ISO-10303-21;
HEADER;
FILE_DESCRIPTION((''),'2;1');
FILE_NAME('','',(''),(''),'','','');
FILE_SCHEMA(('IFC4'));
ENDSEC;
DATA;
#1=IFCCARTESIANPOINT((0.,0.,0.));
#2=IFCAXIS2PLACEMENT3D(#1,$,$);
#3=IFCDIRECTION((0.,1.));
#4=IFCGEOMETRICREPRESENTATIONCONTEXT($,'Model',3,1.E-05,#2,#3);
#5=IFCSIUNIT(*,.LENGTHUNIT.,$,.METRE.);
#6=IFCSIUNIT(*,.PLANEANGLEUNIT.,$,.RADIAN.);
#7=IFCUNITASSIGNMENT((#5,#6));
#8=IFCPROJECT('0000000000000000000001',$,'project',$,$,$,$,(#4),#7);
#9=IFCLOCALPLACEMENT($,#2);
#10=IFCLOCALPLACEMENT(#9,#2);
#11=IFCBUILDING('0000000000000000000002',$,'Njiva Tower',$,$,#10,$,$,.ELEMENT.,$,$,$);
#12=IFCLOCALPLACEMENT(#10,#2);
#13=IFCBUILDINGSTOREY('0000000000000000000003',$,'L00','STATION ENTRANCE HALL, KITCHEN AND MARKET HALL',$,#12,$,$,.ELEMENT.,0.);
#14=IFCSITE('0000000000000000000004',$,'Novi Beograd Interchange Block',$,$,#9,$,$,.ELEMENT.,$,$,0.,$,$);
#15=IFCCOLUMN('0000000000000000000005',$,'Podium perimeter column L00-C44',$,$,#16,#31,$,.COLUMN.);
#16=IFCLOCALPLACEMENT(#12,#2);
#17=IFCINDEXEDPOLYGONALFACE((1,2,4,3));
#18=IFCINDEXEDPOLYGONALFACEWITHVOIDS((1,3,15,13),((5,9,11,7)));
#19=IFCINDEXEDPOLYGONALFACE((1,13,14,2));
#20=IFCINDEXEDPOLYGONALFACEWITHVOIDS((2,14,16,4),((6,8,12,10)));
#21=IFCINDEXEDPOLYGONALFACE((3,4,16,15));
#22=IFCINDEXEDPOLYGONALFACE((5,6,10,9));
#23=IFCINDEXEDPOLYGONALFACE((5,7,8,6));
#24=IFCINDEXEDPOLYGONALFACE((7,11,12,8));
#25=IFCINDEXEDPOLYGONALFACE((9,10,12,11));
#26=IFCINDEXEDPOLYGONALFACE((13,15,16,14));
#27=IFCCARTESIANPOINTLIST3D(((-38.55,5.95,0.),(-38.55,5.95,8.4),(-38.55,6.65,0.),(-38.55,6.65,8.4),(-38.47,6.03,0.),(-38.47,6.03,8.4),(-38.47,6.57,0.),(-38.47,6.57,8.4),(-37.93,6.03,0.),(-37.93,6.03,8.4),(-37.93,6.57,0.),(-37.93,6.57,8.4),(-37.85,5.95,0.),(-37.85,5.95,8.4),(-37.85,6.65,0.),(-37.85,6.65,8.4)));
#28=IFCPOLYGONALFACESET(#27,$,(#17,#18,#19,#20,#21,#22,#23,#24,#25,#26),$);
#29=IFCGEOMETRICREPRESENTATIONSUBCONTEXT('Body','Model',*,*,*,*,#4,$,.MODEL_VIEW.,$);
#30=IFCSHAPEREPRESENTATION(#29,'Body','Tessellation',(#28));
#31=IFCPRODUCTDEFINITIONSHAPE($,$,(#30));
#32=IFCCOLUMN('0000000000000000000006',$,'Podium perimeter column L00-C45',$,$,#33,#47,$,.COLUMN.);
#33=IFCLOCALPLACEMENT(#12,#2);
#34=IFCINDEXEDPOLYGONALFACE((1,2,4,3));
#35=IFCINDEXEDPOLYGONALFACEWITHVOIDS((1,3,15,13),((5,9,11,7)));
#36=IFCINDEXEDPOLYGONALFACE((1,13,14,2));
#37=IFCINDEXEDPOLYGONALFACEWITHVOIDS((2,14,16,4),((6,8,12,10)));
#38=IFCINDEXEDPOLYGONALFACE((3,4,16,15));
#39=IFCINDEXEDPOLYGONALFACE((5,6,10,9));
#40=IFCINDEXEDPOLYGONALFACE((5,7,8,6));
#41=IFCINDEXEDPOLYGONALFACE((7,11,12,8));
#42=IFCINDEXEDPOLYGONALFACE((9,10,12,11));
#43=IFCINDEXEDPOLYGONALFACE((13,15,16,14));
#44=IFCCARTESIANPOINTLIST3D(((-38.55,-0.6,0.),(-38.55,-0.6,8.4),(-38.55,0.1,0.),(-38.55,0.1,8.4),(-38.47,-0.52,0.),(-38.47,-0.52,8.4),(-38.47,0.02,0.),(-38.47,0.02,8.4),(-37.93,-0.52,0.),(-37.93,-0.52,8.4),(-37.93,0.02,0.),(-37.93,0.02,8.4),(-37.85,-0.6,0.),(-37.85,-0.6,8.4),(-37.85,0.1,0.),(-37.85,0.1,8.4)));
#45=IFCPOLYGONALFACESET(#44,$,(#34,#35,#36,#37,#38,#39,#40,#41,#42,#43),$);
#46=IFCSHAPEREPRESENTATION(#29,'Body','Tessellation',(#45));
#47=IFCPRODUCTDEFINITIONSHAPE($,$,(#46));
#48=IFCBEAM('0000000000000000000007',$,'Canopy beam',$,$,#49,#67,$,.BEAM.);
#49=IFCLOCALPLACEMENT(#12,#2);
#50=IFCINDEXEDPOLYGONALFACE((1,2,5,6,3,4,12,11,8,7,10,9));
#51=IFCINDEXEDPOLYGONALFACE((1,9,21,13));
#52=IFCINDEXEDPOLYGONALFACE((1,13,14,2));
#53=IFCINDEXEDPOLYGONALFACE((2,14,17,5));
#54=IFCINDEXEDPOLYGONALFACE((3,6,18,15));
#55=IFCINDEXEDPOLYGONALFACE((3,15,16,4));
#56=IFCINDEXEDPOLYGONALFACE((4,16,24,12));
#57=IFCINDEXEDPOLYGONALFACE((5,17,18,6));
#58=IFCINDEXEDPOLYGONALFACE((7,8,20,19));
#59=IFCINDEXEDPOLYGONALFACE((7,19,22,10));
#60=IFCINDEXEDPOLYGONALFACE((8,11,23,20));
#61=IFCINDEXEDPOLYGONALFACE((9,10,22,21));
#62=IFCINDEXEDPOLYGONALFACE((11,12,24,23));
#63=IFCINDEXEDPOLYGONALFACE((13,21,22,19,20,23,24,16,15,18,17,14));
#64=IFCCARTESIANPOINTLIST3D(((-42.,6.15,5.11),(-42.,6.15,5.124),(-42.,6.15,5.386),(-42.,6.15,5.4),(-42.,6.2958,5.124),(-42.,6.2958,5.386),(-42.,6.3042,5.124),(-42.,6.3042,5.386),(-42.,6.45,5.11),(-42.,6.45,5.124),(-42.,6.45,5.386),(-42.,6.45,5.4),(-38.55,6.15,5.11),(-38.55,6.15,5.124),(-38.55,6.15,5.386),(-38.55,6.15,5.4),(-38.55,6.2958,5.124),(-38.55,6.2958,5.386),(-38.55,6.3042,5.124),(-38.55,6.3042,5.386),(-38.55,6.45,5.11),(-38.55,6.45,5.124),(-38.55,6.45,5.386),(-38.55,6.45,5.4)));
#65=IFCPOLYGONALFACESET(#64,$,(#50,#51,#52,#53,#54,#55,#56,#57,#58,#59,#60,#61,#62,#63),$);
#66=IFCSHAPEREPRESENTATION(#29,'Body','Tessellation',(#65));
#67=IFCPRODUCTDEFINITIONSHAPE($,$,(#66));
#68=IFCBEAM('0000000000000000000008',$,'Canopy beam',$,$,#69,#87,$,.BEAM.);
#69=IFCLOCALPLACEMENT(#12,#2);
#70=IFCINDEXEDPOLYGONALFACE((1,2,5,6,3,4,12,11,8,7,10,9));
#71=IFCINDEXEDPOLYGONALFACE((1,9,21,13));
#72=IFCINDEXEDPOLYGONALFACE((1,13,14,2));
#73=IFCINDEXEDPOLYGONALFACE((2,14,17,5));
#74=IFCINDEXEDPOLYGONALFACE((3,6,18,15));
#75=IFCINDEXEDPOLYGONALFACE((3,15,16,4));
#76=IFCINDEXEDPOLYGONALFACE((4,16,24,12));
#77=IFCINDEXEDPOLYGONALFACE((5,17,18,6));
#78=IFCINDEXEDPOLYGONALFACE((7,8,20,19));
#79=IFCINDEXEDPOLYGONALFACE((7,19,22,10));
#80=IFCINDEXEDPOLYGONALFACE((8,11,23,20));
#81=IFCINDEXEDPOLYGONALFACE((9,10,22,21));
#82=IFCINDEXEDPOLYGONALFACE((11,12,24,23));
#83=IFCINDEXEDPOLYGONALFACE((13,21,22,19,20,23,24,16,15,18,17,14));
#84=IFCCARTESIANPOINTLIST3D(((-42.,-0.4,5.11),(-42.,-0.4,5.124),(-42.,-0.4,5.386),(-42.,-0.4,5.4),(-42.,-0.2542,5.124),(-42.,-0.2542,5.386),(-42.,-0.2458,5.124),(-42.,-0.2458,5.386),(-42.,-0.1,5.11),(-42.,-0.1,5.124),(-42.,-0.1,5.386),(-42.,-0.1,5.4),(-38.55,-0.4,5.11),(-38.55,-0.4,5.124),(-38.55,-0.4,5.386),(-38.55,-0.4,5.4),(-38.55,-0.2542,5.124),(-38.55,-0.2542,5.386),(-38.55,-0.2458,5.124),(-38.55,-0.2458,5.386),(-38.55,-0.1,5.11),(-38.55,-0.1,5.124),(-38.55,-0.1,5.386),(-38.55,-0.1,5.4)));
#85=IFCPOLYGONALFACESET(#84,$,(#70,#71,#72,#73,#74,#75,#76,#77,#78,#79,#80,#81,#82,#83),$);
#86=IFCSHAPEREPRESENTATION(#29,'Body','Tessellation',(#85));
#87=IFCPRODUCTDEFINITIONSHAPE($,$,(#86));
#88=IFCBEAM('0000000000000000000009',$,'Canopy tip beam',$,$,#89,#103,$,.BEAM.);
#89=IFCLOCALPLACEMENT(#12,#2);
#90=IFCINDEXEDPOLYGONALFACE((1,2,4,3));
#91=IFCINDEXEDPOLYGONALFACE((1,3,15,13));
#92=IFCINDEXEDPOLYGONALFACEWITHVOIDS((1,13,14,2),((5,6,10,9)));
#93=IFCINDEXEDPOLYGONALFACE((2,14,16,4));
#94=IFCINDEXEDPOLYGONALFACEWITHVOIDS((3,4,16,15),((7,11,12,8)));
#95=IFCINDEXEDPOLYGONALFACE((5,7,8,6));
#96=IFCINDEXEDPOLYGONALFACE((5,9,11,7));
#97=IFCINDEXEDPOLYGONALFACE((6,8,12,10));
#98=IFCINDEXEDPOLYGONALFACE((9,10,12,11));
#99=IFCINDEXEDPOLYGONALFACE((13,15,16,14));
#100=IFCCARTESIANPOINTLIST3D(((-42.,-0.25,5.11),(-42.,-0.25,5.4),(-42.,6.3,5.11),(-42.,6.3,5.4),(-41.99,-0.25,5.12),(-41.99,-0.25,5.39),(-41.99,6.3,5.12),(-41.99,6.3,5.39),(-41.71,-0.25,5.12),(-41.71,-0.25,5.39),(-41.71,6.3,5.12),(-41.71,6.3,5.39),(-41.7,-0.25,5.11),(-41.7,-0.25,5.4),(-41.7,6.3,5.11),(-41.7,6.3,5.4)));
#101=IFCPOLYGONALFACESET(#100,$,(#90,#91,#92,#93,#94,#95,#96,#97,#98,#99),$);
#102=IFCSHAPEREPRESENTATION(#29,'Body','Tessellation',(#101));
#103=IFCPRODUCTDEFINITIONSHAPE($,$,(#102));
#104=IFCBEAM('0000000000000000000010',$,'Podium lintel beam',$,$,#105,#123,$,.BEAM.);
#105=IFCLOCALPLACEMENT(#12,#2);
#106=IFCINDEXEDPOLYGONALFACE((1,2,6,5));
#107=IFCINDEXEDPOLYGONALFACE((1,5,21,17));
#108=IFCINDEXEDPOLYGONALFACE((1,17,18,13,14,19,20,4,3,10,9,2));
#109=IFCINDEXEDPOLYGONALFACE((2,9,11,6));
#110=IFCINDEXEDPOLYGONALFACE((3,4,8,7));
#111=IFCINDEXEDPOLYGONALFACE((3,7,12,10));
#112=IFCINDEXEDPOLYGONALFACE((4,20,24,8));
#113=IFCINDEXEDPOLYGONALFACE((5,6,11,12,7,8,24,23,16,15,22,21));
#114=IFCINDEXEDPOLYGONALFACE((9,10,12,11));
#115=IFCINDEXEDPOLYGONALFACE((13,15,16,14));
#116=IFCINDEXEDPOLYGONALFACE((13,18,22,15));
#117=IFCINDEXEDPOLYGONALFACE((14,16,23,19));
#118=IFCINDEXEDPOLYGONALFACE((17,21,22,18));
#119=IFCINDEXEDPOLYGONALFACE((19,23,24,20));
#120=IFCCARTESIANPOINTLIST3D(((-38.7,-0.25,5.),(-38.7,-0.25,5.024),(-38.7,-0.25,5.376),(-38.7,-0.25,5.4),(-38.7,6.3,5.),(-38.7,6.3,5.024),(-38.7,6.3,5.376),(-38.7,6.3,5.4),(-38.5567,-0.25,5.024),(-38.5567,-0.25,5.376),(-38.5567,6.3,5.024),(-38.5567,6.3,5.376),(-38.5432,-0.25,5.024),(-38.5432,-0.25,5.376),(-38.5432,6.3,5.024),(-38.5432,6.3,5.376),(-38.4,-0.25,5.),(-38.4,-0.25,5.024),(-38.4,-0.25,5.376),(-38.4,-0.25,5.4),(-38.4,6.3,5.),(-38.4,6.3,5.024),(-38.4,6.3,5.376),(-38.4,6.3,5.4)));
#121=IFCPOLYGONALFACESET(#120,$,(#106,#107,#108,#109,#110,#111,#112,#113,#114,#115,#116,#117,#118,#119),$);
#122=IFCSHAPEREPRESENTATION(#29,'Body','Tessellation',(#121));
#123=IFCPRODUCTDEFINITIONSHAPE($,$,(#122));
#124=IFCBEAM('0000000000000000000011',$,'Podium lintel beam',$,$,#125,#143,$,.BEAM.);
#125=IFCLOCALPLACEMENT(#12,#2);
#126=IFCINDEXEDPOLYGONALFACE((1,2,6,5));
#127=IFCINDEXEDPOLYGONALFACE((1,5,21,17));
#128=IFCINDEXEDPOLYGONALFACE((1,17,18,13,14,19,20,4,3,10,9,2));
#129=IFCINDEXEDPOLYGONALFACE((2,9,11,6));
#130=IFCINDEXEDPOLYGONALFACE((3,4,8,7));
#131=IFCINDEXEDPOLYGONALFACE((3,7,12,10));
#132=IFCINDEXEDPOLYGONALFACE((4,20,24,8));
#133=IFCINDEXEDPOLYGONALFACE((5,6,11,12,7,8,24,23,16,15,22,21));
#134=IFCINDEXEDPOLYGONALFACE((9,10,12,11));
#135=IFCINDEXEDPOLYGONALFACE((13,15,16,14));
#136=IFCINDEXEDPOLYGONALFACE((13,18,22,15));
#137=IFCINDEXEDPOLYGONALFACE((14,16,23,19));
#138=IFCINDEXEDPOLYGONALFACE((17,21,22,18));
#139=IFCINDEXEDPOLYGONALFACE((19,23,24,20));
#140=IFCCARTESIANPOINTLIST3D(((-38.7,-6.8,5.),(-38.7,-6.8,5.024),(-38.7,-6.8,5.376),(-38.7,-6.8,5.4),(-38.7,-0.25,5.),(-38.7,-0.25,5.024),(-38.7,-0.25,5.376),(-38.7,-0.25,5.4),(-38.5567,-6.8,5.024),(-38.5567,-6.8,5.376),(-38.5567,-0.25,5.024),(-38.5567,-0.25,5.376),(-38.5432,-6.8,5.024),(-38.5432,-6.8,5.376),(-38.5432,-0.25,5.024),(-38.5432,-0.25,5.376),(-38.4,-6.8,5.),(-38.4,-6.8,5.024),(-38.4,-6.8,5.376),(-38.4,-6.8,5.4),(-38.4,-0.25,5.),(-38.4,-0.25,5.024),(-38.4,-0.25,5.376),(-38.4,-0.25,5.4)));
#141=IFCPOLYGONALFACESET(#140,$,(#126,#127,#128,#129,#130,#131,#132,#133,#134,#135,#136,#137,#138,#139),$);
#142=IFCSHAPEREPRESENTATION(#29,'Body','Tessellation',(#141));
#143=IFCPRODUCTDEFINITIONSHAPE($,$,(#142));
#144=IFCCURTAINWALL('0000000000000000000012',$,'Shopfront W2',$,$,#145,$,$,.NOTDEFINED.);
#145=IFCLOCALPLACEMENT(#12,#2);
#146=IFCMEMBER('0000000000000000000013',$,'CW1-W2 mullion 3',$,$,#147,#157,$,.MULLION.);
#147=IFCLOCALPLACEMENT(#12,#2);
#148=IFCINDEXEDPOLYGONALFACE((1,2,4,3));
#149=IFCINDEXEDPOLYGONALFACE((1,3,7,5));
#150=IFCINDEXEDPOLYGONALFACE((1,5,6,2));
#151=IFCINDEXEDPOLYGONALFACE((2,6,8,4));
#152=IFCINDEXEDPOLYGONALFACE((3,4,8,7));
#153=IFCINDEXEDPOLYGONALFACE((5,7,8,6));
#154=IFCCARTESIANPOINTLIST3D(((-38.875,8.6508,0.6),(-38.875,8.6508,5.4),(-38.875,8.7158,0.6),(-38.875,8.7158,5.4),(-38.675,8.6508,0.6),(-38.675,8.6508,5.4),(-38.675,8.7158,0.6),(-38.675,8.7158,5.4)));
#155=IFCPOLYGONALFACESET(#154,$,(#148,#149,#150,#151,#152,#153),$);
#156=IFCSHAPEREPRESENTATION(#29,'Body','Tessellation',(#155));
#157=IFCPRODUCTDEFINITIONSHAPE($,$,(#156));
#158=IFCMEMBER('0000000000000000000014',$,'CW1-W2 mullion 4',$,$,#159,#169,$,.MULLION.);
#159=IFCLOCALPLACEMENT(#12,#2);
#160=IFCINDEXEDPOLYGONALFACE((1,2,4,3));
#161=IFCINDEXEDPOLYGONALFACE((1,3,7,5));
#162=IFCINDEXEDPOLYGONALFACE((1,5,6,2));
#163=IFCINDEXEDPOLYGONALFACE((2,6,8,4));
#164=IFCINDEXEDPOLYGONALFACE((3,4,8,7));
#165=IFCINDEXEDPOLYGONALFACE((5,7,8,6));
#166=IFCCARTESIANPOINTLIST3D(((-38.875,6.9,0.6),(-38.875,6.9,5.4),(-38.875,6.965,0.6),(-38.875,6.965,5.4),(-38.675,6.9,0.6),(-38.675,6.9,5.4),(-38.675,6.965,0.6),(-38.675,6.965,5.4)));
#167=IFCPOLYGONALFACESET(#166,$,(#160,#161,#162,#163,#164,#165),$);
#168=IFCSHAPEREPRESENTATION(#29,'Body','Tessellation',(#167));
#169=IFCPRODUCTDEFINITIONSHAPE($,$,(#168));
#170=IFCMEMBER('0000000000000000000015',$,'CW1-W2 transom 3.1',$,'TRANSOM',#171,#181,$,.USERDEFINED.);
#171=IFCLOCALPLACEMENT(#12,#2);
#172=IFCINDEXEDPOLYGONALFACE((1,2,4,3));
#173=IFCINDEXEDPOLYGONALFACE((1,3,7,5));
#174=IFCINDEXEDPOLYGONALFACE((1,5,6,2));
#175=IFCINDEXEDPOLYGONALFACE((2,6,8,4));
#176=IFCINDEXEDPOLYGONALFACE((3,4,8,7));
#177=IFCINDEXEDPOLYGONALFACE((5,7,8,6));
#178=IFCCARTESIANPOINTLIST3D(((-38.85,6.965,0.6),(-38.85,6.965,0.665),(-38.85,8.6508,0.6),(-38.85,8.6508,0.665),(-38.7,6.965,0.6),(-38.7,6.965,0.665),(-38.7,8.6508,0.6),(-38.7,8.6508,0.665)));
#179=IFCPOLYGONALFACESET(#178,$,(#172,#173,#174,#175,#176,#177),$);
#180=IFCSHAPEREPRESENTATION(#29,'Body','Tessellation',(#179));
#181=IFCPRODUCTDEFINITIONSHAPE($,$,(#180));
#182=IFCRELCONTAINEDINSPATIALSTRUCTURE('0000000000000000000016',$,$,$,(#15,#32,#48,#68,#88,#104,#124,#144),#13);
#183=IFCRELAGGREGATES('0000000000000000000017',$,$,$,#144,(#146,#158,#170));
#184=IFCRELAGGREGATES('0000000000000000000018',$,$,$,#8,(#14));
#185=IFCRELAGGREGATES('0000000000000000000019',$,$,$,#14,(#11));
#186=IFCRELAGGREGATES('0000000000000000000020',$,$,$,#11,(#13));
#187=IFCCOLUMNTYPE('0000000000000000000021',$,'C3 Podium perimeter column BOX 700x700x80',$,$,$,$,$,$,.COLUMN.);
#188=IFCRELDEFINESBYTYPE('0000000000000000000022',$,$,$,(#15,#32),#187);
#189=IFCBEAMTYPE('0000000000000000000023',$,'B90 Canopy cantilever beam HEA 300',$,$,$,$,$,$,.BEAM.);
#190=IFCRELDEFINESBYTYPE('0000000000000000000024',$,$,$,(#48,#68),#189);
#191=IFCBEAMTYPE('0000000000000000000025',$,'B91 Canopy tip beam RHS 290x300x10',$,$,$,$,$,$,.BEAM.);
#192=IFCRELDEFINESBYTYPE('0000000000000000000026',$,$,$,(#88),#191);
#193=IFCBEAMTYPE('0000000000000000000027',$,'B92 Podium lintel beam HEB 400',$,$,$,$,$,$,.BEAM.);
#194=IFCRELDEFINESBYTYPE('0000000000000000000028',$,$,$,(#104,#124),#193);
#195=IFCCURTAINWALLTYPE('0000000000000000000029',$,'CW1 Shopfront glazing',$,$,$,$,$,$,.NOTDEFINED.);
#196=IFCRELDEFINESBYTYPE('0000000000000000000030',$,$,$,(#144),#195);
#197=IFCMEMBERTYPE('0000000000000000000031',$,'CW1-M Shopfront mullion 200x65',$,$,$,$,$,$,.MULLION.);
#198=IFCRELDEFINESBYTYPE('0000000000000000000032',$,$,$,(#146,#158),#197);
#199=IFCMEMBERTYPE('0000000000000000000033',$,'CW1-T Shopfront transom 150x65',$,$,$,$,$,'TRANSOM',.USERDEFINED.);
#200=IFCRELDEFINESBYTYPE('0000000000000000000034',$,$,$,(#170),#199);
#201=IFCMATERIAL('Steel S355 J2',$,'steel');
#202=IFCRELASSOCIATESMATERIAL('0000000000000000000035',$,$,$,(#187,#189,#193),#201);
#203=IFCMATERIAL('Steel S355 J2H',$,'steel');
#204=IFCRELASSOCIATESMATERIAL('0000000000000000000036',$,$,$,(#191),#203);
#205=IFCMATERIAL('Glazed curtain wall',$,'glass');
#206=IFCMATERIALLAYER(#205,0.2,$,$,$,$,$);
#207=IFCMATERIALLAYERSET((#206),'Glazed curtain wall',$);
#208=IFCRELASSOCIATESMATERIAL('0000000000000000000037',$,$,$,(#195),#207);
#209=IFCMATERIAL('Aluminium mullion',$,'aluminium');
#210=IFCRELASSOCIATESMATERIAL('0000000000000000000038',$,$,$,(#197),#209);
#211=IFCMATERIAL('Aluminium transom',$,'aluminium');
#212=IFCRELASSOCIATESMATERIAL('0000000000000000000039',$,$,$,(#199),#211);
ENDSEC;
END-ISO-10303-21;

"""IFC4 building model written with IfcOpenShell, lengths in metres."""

from ifc_helpers import new_model, si_unit, direction, frame, origin, origin_2d, place, context, subcontext, project, spatial, rectangle, hollow_rectangle, i_section, extrude, material, layer, layer_set, material_profile, profile_set, type_object, element, aggregate, save


model = new_model("IFC4")

# Units and contexts
model_context = context("Model", 3, precision=1e-05, world=origin(), true_north=direction((0.0, 1.0)))
body_context = subcontext(model_context, "Body", "Model", "MODEL_VIEW")
ifc_project = project(units=[si_unit("LENGTHUNIT", "METRE"), si_unit("PLANEANGLEUNIT", "RADIAN")], contexts=[model_context])

# Site, building, storey
site_placement = place(None, origin())
site = spatial("IfcSite", under=ifc_project, at=site_placement, Name="Novi Beograd Interchange Block", CompositionType="ELEMENT", RefElevation=0.0)
building_placement = place(site_placement, origin())
building = spatial("IfcBuilding", under=site, at=building_placement, Name="Njiva Tower", CompositionType="ELEMENT")
storey_placement = place(building_placement, origin())
storey = spatial("IfcBuildingStorey", under=building, at=storey_placement, Name="L00", Description="STATION ENTRANCE HALL, KITCHEN AND MARKET HALL", CompositionType="ELEMENT", Elevation=0.0)

# Columns
ifc_material_1 = material(Name="Steel S355 J2", Category="steel")
ifc_material_profile_1 = material_profile(ifc_material_1, hollow_rectangle(XDim=0.7, YDim=0.7, WallThickness=0.08, at=origin_2d()), Name="BOX 700x700x80")
ifc_profile_set_1 = profile_set([ifc_material_profile_1], Name="Steel S355 J2")
column_type = type_object("IfcColumnType", Name="C3 Podium perimeter column BOX 700x700x80", PredefinedType="COLUMN", material=ifc_profile_set_1)
for number, where, z_axis, x_axis, name in (
    (1, (-38.2, 6.3, 0.0), (0.0, 0.0, 1.0), (0.0, -1.0, 0.0), "Podium perimeter column L00-C44"),
    (2, (-38.2, -0.25, 0.0), (0.0, 0.0, 1.0), (0.0, -1.0, 0.0), "Podium perimeter column L00-C45"),
):
    element("IfcColumn", number, at=place(storey_placement, frame(where, z_axis=z_axis, x_axis=x_axis)), inside=storey, type_object=column_type, Name=name, PredefinedType="COLUMN", context=body_context, shape_type="SweptSolid", body=[
        extrude(hollow_rectangle(XDim=0.7, YDim=0.7, WallThickness=0.08, at=origin_2d()), origin(), (0.0, 0.0, 1.0), 8.4),
    ])

# Beams
ifc_material_profile_2 = material_profile(ifc_material_1, i_section(OverallWidth=0.3, OverallDepth=0.29, WebThickness=0.0085, FlangeThickness=0.014, at=origin_2d()), Name="HEA300")
ifc_profile_set_2 = profile_set([ifc_material_profile_2], Name="Steel S355 J2")
beam_type_1 = type_object("IfcBeamType", Name="B90 Canopy cantilever beam HEA 300", PredefinedType="BEAM", material=ifc_profile_set_2)
for number, where, z_axis, x_axis, name in (
    (3, (-38.55, 6.3, 5.255), (-1.0, 0.0, 0.0), (0.0, -1.0, 0.0), "Canopy beam"),
    (4, (-38.55, -0.25, 5.255), (-1.0, 0.0, 0.0), (0.0, -1.0, 0.0), "Canopy beam"),
):
    element("IfcBeam", number, at=place(storey_placement, frame(where, z_axis=z_axis, x_axis=x_axis)), inside=storey, type_object=beam_type_1, Name=name, PredefinedType="BEAM", context=body_context, shape_type="SweptSolid", body=[
        extrude(i_section(OverallWidth=0.3, OverallDepth=0.29, WebThickness=0.0085, FlangeThickness=0.014, at=origin_2d()), origin(), (0.0, 0.0, 1.0), 3.45),
    ])
ifc_material_2 = material(Name="Steel S355 J2H", Category="steel")
ifc_material_profile_3 = material_profile(ifc_material_2, hollow_rectangle(XDim=0.3, YDim=0.29, WallThickness=0.01, at=origin_2d()), Name="BOX 290x300x10")
ifc_profile_set_3 = profile_set([ifc_material_profile_3], Name="Steel S355 J2H")
beam_type_2 = type_object("IfcBeamType", Name="B91 Canopy tip beam RHS 290x300x10", PredefinedType="BEAM", material=ifc_profile_set_3)
beam_placement = place(storey_placement, frame((-41.85, 6.3, 5.255), z_axis=(0.0, -1.0, 0.0), x_axis=(1.0, 0.0, 0.0)))
element("IfcBeam", 5, at=beam_placement, inside=storey, type_object=beam_type_2, Name="Canopy tip beam", PredefinedType="BEAM", context=body_context, shape_type="SweptSolid", body=[
    extrude(hollow_rectangle(XDim=0.3, YDim=0.29, WallThickness=0.01, at=origin_2d()), origin(), (0.0, 0.0, 1.0), 6.55),
])
ifc_material_profile_4 = material_profile(ifc_material_1, i_section(OverallWidth=0.3, OverallDepth=0.4, WebThickness=0.0135, FlangeThickness=0.024, at=origin_2d()), Name="HEB400")
ifc_profile_set_4 = profile_set([ifc_material_profile_4], Name="Steel S355 J2")
beam_type_3 = type_object("IfcBeamType", Name="B92 Podium lintel beam HEB 400", PredefinedType="BEAM", material=ifc_profile_set_4)
for number, where, z_axis, x_axis, name in (
    (6, (-38.55, 6.3, 5.2), (0.0, -1.0, 0.0), (1.0, 0.0, 0.0), "Podium lintel beam"),
    (7, (-38.55, -0.25, 5.2), (0.0, -1.0, 0.0), (1.0, 0.0, 0.0), "Podium lintel beam"),
):
    element("IfcBeam", number, at=place(storey_placement, frame(where, z_axis=z_axis, x_axis=x_axis)), inside=storey, type_object=beam_type_3, Name=name, PredefinedType="BEAM", context=body_context, shape_type="SweptSolid", body=[
        extrude(i_section(OverallWidth=0.3, OverallDepth=0.4, WebThickness=0.0135, FlangeThickness=0.024, at=origin_2d()), origin(), (0.0, 0.0, 1.0), 6.55),
    ])

# Curtain wall, members
ifc_material_3 = material(Name="Glazed curtain wall", Category="glass")
ifc_layer_1 = layer(ifc_material_3, 0.2)
ifc_layer_set_1 = layer_set([ifc_layer_1], Name="Glazed curtain wall")
curtain_wall_type = type_object("IfcCurtainWallType", Name="CW1 Shopfront glazing", PredefinedType="NOTDEFINED", material=ifc_layer_set_1)
curtain_wall_placement = place(storey_placement, origin())
curtain_wall = element("IfcCurtainWall", 8, at=curtain_wall_placement, inside=storey, type_object=curtain_wall_type, Name="Shopfront W2", PredefinedType="NOTDEFINED")
ifc_material_4 = material(Name="Aluminium mullion", Category="aluminium")
ifc_material_profile_5 = material_profile(ifc_material_4, rectangle(XDim=0.2, YDim=0.065, at=origin_2d()), Name="RECT 200x65")
ifc_profile_set_5 = profile_set([ifc_material_profile_5], Name="Aluminium mullion")
member_type_1 = type_object("IfcMemberType", Name="CW1-M Shopfront mullion 200x65", PredefinedType="MULLION", material=ifc_profile_set_5)
member_1_placement = place(storey_placement, frame((-38.775, 8.6833, 0.6), z_axis=(0.0, 0.0, 1.0), x_axis=(1.0, 0.0, 0.0)))
member_1 = element("IfcMember", 9, at=member_1_placement, type_object=member_type_1, Name="CW1-W2 mullion 3", PredefinedType="MULLION", context=body_context, shape_type="SweptSolid", body=[
    extrude(rectangle(XDim=0.2, YDim=0.065, at=origin_2d()), origin(), (0.0, 0.0, 1.0), 4.8),
])
member_2_placement = place(storey_placement, frame((-38.775, 6.9325, 0.6), z_axis=(0.0, 0.0, 1.0), x_axis=(1.0, 0.0, 0.0)))
member_2 = element("IfcMember", 10, at=member_2_placement, type_object=member_type_1, Name="CW1-W2 mullion 4", PredefinedType="MULLION", context=body_context, shape_type="SweptSolid", body=[
    extrude(rectangle(XDim=0.2, YDim=0.065, at=origin_2d()), origin(), (0.0, 0.0, 1.0), 4.8),
])
ifc_material_5 = material(Name="Aluminium transom", Category="aluminium")
ifc_material_profile_6 = material_profile(ifc_material_5, rectangle(XDim=0.15, YDim=0.065, at=origin_2d()), Name="RECT 150x65")
ifc_profile_set_6 = profile_set([ifc_material_profile_6], Name="Aluminium transom")
member_type_2 = type_object("IfcMemberType", Name="CW1-T Shopfront transom 150x65", ElementType="TRANSOM", PredefinedType="USERDEFINED", material=ifc_profile_set_6)
member_3_placement = place(storey_placement, frame((-38.775, 8.6508, 0.6325), z_axis=(0.0, -1.0, 0.0), x_axis=(1.0, 0.0, 0.0)))
member_3 = element("IfcMember", 11, at=member_3_placement, type_object=member_type_2, Name="CW1-W2 transom 3.1", ObjectType="TRANSOM", PredefinedType="USERDEFINED", context=body_context, shape_type="SweptSolid", body=[
    extrude(rectangle(XDim=0.15, YDim=0.065, at=origin_2d()), origin(), (0.0, 0.0, 1.0), 1.6858),
])
aggregate(curtain_wall, [member_1, member_2, member_3])

save(model, "model.ifc")
